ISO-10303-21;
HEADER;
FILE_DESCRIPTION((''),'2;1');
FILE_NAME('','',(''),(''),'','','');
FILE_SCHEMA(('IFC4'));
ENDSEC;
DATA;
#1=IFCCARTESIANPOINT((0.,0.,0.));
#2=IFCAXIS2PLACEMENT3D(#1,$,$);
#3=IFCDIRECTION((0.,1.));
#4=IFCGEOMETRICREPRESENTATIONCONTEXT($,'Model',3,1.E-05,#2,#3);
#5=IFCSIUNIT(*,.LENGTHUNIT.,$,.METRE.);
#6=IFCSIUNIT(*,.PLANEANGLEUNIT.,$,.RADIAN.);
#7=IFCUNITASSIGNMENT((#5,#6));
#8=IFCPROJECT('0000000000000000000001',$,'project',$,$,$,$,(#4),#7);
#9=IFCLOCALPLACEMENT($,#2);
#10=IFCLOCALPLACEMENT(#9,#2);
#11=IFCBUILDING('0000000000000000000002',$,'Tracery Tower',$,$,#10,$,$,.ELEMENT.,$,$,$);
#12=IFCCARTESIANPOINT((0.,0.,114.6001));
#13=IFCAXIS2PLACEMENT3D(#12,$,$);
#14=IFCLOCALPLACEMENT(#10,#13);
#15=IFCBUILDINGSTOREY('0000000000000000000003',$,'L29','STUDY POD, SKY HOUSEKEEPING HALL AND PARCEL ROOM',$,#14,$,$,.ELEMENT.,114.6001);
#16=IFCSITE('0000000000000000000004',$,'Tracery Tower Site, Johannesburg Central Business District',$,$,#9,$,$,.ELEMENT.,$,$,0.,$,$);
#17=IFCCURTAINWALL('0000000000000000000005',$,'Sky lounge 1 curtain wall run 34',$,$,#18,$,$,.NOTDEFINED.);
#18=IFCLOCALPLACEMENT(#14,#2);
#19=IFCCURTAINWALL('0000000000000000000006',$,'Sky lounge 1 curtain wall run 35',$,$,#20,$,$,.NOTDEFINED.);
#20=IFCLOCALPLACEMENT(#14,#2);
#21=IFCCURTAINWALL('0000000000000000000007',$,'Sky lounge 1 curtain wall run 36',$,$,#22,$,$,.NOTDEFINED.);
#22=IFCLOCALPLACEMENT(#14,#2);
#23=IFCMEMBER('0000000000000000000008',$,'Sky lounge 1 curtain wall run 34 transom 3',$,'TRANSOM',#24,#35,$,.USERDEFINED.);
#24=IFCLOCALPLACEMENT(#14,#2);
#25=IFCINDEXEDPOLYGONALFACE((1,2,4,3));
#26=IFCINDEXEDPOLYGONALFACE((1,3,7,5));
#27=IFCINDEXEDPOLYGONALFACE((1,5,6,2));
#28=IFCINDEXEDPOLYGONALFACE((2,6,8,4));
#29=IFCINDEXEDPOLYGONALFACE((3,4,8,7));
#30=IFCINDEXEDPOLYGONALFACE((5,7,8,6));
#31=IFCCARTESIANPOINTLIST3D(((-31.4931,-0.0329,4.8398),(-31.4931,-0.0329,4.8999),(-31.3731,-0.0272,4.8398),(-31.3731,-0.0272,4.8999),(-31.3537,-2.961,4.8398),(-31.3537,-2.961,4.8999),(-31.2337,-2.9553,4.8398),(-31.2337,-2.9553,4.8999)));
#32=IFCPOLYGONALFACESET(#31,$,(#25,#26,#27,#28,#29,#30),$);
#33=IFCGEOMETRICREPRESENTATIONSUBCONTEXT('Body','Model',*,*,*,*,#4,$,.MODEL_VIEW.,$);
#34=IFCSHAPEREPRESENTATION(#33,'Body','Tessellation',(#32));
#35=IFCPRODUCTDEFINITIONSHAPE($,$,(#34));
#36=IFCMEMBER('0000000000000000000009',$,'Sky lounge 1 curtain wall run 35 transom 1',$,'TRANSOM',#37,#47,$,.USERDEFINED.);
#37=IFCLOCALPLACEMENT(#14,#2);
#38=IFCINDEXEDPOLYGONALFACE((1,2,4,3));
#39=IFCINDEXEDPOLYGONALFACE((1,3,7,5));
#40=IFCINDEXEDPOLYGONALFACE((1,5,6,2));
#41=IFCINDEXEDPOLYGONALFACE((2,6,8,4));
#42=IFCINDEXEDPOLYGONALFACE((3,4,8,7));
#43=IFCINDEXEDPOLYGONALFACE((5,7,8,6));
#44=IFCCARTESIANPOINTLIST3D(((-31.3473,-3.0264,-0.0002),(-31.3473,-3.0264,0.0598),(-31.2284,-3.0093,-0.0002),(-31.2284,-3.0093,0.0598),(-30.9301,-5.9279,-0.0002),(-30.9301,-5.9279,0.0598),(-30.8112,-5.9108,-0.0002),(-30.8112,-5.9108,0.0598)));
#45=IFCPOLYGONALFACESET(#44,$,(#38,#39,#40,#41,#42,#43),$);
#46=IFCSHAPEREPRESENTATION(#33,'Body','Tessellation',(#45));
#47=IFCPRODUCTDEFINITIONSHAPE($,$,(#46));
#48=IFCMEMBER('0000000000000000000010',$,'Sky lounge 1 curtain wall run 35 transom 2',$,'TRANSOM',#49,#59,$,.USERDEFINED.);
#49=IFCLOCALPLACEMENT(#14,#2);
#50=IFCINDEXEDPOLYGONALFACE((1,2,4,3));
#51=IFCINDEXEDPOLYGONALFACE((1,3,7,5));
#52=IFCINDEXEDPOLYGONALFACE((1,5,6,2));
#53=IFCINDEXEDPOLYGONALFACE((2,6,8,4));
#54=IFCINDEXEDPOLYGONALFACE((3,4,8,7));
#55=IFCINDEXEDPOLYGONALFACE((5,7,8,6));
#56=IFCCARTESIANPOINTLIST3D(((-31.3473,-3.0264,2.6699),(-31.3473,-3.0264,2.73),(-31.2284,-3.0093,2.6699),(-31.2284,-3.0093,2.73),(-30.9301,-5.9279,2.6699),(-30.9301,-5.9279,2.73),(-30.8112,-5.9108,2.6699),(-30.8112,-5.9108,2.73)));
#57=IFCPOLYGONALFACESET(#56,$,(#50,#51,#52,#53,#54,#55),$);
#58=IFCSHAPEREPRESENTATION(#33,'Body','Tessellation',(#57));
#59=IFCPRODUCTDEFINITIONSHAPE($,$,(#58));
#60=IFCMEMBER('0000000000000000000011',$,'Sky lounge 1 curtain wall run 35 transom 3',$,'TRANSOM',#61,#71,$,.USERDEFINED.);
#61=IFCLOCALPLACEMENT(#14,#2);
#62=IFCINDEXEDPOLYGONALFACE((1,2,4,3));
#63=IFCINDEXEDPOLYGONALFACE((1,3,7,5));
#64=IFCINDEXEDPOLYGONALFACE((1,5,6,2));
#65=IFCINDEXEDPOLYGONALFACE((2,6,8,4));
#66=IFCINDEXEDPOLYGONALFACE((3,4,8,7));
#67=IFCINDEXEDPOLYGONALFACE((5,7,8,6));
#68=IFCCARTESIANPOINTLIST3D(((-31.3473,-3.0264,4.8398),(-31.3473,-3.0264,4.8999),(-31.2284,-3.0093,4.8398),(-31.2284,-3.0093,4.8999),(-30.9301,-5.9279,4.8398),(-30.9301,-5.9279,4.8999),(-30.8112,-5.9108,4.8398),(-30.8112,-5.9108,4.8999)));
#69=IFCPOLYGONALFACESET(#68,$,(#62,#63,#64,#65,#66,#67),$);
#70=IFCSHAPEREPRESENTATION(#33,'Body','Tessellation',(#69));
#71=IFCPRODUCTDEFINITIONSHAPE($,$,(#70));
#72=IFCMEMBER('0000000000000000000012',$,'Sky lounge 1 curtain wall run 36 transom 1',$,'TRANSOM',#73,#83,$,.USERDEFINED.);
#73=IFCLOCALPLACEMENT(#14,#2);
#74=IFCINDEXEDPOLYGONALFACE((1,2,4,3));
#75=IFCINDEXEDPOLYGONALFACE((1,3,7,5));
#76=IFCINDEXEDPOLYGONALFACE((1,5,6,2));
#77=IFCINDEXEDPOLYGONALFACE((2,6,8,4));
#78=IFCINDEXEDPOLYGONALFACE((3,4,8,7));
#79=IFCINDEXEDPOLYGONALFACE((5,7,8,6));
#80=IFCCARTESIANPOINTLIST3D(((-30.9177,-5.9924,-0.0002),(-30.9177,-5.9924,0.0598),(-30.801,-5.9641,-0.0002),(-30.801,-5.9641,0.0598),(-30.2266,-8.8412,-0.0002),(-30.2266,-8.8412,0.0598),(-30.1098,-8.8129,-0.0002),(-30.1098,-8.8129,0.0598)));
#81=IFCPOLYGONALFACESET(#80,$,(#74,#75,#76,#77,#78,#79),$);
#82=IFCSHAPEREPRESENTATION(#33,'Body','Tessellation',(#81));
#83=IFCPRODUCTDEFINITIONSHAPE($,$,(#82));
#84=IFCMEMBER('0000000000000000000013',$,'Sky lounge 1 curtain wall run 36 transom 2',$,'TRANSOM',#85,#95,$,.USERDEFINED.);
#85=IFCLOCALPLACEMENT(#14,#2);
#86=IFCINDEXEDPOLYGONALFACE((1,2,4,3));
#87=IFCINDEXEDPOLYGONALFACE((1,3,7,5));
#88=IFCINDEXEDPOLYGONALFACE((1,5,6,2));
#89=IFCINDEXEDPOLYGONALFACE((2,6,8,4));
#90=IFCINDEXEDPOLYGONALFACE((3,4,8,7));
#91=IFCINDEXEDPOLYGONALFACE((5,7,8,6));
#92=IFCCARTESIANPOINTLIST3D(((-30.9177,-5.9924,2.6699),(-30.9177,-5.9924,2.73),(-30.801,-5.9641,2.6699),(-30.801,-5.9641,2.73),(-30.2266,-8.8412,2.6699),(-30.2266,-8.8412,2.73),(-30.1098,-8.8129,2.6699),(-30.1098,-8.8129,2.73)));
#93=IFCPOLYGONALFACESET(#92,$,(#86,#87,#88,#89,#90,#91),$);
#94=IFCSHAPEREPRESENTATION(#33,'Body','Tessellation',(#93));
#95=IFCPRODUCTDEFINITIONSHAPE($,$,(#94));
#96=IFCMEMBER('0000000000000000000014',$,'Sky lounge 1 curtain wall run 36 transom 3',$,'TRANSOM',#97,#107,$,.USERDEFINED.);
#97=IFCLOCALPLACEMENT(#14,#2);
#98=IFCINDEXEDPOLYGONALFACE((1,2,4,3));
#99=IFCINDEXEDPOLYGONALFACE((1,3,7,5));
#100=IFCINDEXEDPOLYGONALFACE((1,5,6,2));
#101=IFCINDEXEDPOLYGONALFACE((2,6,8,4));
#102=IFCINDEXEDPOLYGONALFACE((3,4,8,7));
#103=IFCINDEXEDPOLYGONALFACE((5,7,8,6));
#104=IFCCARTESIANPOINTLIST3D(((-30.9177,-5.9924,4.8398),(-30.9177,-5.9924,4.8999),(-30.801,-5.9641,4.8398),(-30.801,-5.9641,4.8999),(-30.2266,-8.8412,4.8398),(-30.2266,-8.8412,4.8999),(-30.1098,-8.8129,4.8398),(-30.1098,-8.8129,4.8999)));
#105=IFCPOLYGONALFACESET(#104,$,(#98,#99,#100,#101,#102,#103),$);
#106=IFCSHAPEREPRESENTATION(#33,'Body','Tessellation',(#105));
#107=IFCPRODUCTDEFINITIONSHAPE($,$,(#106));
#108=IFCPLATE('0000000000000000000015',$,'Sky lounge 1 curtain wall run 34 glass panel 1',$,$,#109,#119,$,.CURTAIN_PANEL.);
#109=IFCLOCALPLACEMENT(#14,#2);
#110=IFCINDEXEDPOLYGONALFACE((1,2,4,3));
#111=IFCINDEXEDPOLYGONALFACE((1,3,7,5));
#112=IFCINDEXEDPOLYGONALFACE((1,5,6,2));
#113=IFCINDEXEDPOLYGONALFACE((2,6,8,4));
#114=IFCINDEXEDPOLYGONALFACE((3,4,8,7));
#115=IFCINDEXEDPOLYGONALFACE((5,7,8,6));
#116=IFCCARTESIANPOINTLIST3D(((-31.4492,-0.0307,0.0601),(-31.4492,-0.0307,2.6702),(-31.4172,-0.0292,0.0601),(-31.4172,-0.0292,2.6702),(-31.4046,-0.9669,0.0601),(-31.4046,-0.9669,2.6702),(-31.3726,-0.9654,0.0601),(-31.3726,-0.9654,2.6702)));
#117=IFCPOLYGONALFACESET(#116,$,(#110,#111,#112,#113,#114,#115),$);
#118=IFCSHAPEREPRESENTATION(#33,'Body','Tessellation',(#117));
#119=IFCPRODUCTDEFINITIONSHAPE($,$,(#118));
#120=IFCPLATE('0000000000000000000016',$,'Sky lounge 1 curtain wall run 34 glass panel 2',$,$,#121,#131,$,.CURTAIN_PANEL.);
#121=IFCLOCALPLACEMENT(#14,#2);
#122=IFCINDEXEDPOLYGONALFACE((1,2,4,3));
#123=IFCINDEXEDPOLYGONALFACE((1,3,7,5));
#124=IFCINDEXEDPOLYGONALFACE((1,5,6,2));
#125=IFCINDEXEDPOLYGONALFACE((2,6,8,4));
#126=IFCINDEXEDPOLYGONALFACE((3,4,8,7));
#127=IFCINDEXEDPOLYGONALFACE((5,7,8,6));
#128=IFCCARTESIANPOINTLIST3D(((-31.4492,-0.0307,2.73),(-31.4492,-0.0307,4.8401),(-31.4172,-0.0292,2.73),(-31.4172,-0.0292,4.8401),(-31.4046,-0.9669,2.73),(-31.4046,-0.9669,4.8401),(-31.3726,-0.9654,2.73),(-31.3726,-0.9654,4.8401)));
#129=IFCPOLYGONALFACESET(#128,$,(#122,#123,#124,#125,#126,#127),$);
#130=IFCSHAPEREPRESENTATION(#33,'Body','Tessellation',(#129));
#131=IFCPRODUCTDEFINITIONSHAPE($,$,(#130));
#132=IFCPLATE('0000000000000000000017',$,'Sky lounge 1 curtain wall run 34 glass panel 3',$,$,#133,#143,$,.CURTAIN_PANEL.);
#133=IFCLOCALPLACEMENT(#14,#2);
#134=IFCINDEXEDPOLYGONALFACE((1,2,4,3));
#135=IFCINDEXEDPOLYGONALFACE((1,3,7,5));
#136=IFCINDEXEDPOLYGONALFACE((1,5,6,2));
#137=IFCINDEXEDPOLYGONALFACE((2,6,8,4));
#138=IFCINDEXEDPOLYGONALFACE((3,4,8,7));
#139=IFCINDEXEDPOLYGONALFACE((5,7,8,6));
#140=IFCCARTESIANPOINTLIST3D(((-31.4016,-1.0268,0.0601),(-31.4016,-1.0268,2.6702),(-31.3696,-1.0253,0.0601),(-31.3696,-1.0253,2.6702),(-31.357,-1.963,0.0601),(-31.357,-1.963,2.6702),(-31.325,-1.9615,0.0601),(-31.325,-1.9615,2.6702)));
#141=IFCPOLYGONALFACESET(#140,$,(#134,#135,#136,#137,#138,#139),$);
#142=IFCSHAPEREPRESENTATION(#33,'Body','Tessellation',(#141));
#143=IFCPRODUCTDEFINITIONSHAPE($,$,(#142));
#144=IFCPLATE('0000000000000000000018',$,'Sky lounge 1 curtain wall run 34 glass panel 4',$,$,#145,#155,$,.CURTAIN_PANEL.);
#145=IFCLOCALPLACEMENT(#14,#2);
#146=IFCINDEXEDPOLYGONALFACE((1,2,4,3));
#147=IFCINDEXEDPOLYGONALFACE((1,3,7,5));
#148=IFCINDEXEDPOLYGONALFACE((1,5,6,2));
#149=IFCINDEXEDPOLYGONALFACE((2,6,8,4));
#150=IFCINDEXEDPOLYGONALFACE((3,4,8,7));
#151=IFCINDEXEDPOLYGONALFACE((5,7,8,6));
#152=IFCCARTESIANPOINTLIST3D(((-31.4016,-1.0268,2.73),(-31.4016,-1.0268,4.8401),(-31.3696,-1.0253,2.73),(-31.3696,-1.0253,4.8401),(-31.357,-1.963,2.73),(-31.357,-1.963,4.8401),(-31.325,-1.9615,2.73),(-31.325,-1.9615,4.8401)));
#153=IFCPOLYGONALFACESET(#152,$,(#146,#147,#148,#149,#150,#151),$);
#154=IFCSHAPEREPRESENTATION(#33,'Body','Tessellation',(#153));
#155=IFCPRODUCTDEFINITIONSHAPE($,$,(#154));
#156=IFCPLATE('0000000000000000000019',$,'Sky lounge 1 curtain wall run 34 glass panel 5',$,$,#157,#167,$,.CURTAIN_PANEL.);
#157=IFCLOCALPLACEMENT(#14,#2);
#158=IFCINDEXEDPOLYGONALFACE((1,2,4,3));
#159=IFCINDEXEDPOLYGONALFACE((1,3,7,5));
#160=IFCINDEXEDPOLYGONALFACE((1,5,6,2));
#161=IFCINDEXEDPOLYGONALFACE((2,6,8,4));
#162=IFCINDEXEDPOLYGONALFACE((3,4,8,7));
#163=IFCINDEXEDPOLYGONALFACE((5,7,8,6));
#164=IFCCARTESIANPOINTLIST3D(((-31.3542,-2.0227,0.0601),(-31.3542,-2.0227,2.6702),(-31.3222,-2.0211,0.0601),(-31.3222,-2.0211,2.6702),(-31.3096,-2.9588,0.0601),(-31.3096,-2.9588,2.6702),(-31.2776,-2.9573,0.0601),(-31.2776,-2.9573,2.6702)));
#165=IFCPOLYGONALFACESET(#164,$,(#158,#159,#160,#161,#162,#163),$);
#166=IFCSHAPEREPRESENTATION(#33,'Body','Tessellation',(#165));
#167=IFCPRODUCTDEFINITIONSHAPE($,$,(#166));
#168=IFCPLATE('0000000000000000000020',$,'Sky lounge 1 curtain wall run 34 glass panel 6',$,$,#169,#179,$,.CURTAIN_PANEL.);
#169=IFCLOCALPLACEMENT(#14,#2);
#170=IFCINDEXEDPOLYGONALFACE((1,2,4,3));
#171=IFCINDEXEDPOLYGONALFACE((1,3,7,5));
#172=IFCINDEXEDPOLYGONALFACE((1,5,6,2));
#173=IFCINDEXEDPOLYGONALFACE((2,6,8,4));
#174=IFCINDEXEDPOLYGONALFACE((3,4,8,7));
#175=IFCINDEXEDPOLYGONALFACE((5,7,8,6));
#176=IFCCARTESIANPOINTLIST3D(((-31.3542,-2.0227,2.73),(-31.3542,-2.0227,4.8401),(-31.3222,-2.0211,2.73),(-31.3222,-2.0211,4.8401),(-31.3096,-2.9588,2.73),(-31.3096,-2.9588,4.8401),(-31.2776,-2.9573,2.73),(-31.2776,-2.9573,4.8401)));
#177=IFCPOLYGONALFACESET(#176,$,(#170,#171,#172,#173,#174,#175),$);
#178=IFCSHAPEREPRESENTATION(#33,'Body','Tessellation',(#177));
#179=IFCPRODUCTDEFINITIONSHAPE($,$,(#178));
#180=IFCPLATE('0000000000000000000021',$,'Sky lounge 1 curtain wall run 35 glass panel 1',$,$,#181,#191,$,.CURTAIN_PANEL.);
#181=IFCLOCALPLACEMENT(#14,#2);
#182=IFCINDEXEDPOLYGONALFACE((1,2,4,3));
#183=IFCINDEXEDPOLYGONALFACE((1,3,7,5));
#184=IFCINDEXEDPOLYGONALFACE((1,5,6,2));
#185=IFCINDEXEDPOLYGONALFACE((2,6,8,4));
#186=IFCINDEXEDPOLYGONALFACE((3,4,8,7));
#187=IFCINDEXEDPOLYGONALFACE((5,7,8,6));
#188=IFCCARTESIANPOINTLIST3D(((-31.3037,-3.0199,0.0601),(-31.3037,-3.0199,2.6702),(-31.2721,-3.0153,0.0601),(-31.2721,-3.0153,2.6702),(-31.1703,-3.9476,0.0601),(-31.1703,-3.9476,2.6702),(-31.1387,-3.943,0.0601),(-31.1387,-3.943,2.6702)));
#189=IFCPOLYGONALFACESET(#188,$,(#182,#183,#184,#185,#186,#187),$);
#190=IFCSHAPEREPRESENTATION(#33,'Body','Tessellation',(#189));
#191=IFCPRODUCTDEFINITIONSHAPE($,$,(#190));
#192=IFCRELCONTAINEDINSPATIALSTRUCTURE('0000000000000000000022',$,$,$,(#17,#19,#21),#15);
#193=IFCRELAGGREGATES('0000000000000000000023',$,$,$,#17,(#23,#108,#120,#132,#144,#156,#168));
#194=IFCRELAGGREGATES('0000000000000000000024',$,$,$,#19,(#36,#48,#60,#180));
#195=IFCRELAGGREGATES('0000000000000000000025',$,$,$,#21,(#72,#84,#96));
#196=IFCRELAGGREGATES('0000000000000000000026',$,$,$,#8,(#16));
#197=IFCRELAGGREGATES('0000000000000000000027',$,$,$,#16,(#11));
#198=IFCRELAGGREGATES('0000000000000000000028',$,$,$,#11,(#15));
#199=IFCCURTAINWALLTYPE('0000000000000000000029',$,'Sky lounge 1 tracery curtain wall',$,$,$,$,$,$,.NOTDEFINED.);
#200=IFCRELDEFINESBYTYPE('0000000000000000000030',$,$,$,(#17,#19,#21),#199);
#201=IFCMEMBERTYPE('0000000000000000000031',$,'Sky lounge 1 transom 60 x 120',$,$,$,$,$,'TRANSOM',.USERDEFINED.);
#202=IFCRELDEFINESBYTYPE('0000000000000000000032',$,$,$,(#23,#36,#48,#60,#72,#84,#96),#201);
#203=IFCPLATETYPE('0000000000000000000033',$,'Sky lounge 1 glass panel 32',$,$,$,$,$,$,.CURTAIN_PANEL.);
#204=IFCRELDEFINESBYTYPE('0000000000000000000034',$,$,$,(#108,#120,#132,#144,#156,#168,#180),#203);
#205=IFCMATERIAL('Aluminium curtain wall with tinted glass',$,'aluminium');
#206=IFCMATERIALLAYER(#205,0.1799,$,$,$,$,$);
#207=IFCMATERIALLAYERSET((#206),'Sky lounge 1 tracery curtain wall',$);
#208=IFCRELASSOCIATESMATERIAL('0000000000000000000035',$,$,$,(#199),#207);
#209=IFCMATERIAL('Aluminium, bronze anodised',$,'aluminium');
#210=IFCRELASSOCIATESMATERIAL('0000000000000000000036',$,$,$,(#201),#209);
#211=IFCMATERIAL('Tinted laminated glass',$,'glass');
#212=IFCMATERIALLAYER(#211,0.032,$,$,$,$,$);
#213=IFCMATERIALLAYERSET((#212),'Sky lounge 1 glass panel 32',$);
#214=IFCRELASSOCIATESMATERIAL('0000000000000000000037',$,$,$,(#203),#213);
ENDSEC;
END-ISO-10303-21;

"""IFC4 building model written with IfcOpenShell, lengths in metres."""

from ifc_helpers import new_model, si_unit, direction, frame, origin, origin_2d, place, context, subcontext, project, spatial, rectangle, extrude, material, layer, layer_set, material_profile, profile_set, type_object, element, aggregate, save


model = new_model("IFC4")

# Units and contexts
model_context = context("Model", 3, precision=1e-05, world=origin(), true_north=direction((0.0, 1.0)))
body_context = subcontext(model_context, "Body", "Model", "MODEL_VIEW")
ifc_project = project(units=[si_unit("LENGTHUNIT", "METRE"), si_unit("PLANEANGLEUNIT", "RADIAN")], contexts=[model_context])

# Site, building, storey
site_placement = place(None, origin())
site = spatial("IfcSite", under=ifc_project, at=site_placement, Name="Tracery Tower Site, Johannesburg Central Business District", CompositionType="ELEMENT", RefElevation=0.0)
building_placement = place(site_placement, origin())
building = spatial("IfcBuilding", under=site, at=building_placement, Name="Tracery Tower", CompositionType="ELEMENT")
storey_placement = place(building_placement, frame((0.0, 0.0, 114.6001)))
storey = spatial("IfcBuildingStorey", under=building, at=storey_placement, Name="L29", Description="STUDY POD, SKY HOUSEKEEPING HALL AND PARCEL ROOM", CompositionType="ELEMENT", Elevation=114.6001)

# Curtain walls
ifc_material_1 = material(Name="Aluminium curtain wall with tinted glass", Category="aluminium")
ifc_layer_1 = layer(ifc_material_1, 0.1799)
ifc_layer_set_1 = layer_set([ifc_layer_1], Name="Sky lounge 1 tracery curtain wall")
curtain_wall_type = type_object("IfcCurtainWallType", Name="Sky lounge 1 tracery curtain wall", PredefinedType="NOTDEFINED", material=ifc_layer_set_1)
curtain_wall_1_placement = place(storey_placement, origin())
curtain_wall_1 = element("IfcCurtainWall", 1, at=curtain_wall_1_placement, inside=storey, type_object=curtain_wall_type, Name="Sky lounge 1 curtain wall run 34", PredefinedType="NOTDEFINED")
curtain_wall_2_placement = place(storey_placement, origin())
curtain_wall_2 = element("IfcCurtainWall", 2, at=curtain_wall_2_placement, inside=storey, type_object=curtain_wall_type, Name="Sky lounge 1 curtain wall run 35", PredefinedType="NOTDEFINED")
curtain_wall_3_placement = place(storey_placement, origin())
curtain_wall_3 = element("IfcCurtainWall", 3, at=curtain_wall_3_placement, inside=storey, type_object=curtain_wall_type, Name="Sky lounge 1 curtain wall run 36", PredefinedType="NOTDEFINED")

# Members
ifc_material_2 = material(Name="Aluminium, bronze anodised", Category="aluminium")
ifc_material_profile_1 = material_profile(ifc_material_2, rectangle(XDim=0.1201, YDim=0.0601, at=origin_2d()), Name="AL 60x120")
ifc_profile_set_1 = profile_set([ifc_material_profile_1], Name="Aluminium, bronze anodised")
member_type_1 = type_object("IfcMemberType", Name="Sky lounge 1 transom 60 x 120", ElementType="TRANSOM", PredefinedType="USERDEFINED", material=ifc_profile_set_1)
member_1_placement = place(storey_placement, frame((-31.4331, -0.03, 4.8699), z_axis=(0.047557, -0.998869, 0.0), x_axis=(0.998869, 0.047557, 0.0)))
member_1 = element("IfcMember", 4, at=member_1_placement, type_object=member_type_1, Name="Sky lounge 1 curtain wall run 34 transom 3", ObjectType="TRANSOM", PredefinedType="USERDEFINED", context=body_context, shape_type="SweptSolid", body=[
    extrude(rectangle(XDim=0.1201, YDim=0.0601, at=origin_2d()), origin(), (0.0, 0.0, 1.0), 2.9314),
])
member_2_placement = place(storey_placement, frame((-31.2878, -3.0178, 0.0298), z_axis=(0.142331, -0.989819, 0.0), x_axis=(0.989819, 0.142331, 0.0)))
member_2 = element("IfcMember", 5, at=member_2_placement, type_object=member_type_1, Name="Sky lounge 1 curtain wall run 35 transom 1", ObjectType="TRANSOM", PredefinedType="USERDEFINED", context=body_context, shape_type="SweptSolid", body=[
    extrude(rectangle(XDim=0.1201, YDim=0.0601, at=origin_2d()), origin(), (0.0, 0.0, 1.0), 2.9314),
])
member_3_placement = place(storey_placement, frame((-31.2878, -3.0178, 2.7), z_axis=(0.142331, -0.989819, 0.0), x_axis=(0.989819, 0.142331, 0.0)))
member_3 = element("IfcMember", 6, at=member_3_placement, type_object=member_type_1, Name="Sky lounge 1 curtain wall run 35 transom 2", ObjectType="TRANSOM", PredefinedType="USERDEFINED", context=body_context, shape_type="SweptSolid", body=[
    extrude(rectangle(XDim=0.1201, YDim=0.0601, at=origin_2d()), origin(), (0.0, 0.0, 1.0), 2.9314),
])
member_4_placement = place(storey_placement, frame((-31.2878, -3.0178, 4.8699), z_axis=(0.142331, -0.989819, 0.0), x_axis=(0.989819, 0.142331, 0.0)))
member_4 = element("IfcMember", 7, at=member_4_placement, type_object=member_type_1, Name="Sky lounge 1 curtain wall run 35 transom 3", ObjectType="TRANSOM", PredefinedType="USERDEFINED", context=body_context, shape_type="SweptSolid", body=[
    extrude(rectangle(XDim=0.1201, YDim=0.0601, at=origin_2d()), origin(), (0.0, 0.0, 1.0), 2.9314),
])
member_5_placement = place(storey_placement, frame((-30.8594, -5.9783, 0.0298), z_axis=(0.235788, -0.971804, 0.0), x_axis=(0.971804, 0.235788, 0.0)))
member_5 = element("IfcMember", 8, at=member_5_placement, type_object=member_type_1, Name="Sky lounge 1 curtain wall run 36 transom 1", ObjectType="TRANSOM", PredefinedType="USERDEFINED", context=body_context, shape_type="SweptSolid", body=[
    extrude(rectangle(XDim=0.1201, YDim=0.0601, at=origin_2d()), origin(), (0.0, 0.0, 1.0), 2.9314),
])
member_6_placement = place(storey_placement, frame((-30.8594, -5.9783, 2.7), z_axis=(0.235788, -0.971804, 0.0), x_axis=(0.971804, 0.235788, 0.0)))
member_6 = element("IfcMember", 9, at=member_6_placement, type_object=member_type_1, Name="Sky lounge 1 curtain wall run 36 transom 2", ObjectType="TRANSOM", PredefinedType="USERDEFINED", context=body_context, shape_type="SweptSolid", body=[
    extrude(rectangle(XDim=0.1201, YDim=0.0601, at=origin_2d()), origin(), (0.0, 0.0, 1.0), 2.9314),
])
member_7_placement = place(storey_placement, frame((-30.8594, -5.9783, 4.8699), z_axis=(0.235788, -0.971804, 0.0), x_axis=(0.971804, 0.235788, 0.0)))
member_7 = element("IfcMember", 10, at=member_7_placement, type_object=member_type_1, Name="Sky lounge 1 curtain wall run 36 transom 3", ObjectType="TRANSOM", PredefinedType="USERDEFINED", context=body_context, shape_type="SweptSolid", body=[
    extrude(rectangle(XDim=0.1201, YDim=0.0601, at=origin_2d()), origin(), (0.0, 0.0, 1.0), 2.9314),
])

# Plates
ifc_material_3 = material(Name="Tinted laminated glass", Category="glass")
ifc_layer_2 = layer(ifc_material_3, 0.032)
ifc_layer_set_2 = layer_set([ifc_layer_2], Name="Sky lounge 1 glass panel 32")
plate_type = type_object("IfcPlateType", Name="Sky lounge 1 glass panel 32", PredefinedType="CURTAIN_PANEL", material=ifc_layer_set_2)
plate_1_placement = place(storey_placement, frame((-31.4109, -0.498, 0.0601), z_axis=(0.0, 0.0, 1.0), x_axis=(0.047582, -0.998867, 0.0)))
plate_1 = element("IfcPlate", 11, at=plate_1_placement, type_object=plate_type, Name="Sky lounge 1 curtain wall run 34 glass panel 1", PredefinedType="CURTAIN_PANEL", context=body_context, shape_type="SweptSolid", body=[
    extrude(rectangle(XDim=0.9373, YDim=0.032, at=origin_2d()), origin(), (0.0, 0.0, 1.0), 2.6101),
])
plate_2_placement = place(storey_placement, frame((-31.4109, -0.498, 2.73), z_axis=(0.0, 0.0, 1.0), x_axis=(0.047582, -0.998867, 0.0)))
plate_2 = element("IfcPlate", 12, at=plate_2_placement, type_object=plate_type, Name="Sky lounge 1 curtain wall run 34 glass panel 2", PredefinedType="CURTAIN_PANEL", context=body_context, shape_type="SweptSolid", body=[
    extrude(rectangle(XDim=0.9373, YDim=0.032, at=origin_2d()), origin(), (0.0, 0.0, 1.0), 2.1101),
])
plate_3_placement = place(storey_placement, frame((-31.3633, -1.4941, 0.0601), z_axis=(0.0, 0.0, 1.0), x_axis=(0.047582, -0.998867, 0.0)))
plate_3 = element("IfcPlate", 13, at=plate_3_placement, type_object=plate_type, Name="Sky lounge 1 curtain wall run 34 glass panel 3", PredefinedType="CURTAIN_PANEL", context=body_context, shape_type="SweptSolid", body=[
    extrude(rectangle(XDim=0.9373, YDim=0.032, at=origin_2d()), origin(), (0.0, 0.0, 1.0), 2.6101),
])
plate_4_placement = place(storey_placement, frame((-31.3633, -1.4941, 2.73), z_axis=(0.0, 0.0, 1.0), x_axis=(0.047582, -0.998867, 0.0)))
plate_4 = element("IfcPlate", 14, at=plate_4_placement, type_object=plate_type, Name="Sky lounge 1 curtain wall run 34 glass panel 4", PredefinedType="CURTAIN_PANEL", context=body_context, shape_type="SweptSolid", body=[
    extrude(rectangle(XDim=0.9373, YDim=0.032, at=origin_2d()), origin(), (0.0, 0.0, 1.0), 2.1101),
])
plate_5_placement = place(storey_placement, frame((-31.3159, -2.49, 0.0601), z_axis=(0.0, 0.0, 1.0), x_axis=(0.047582, -0.998867, 0.0)))
plate_5 = element("IfcPlate", 15, at=plate_5_placement, type_object=plate_type, Name="Sky lounge 1 curtain wall run 34 glass panel 5", PredefinedType="CURTAIN_PANEL", context=body_context, shape_type="SweptSolid", body=[
    extrude(rectangle(XDim=0.9373, YDim=0.032, at=origin_2d()), origin(), (0.0, 0.0, 1.0), 2.6101),
])
plate_6_placement = place(storey_placement, frame((-31.3159, -2.49, 2.73), z_axis=(0.0, 0.0, 1.0), x_axis=(0.047582, -0.998867, 0.0)))
plate_6 = element("IfcPlate", 16, at=plate_6_placement, type_object=plate_type, Name="Sky lounge 1 curtain wall run 34 glass panel 6", PredefinedType="CURTAIN_PANEL", context=body_context, shape_type="SweptSolid", body=[
    extrude(rectangle(XDim=0.9373, YDim=0.032, at=origin_2d()), origin(), (0.0, 0.0, 1.0), 2.1101),
])
aggregate(curtain_wall_1, [member_1, plate_1, plate_2, plate_3, plate_4, plate_5, plate_6])
plate_7_placement = place(storey_placement, frame((-31.2212, -3.4814, 0.0601), z_axis=(0.0, 0.0, 1.0), x_axis=(0.142315, -0.989821, 0.0)))
plate_7 = element("IfcPlate", 17, at=plate_7_placement, type_object=plate_type, Name="Sky lounge 1 curtain wall run 35 glass panel 1", PredefinedType="CURTAIN_PANEL", context=body_context, shape_type="SweptSolid", body=[
    extrude(rectangle(XDim=0.9373, YDim=0.032, at=origin_2d()), origin(), (0.0, 0.0, 1.0), 2.6101),
])
aggregate(curtain_wall_2, [member_2, member_3, member_4, plate_7])
aggregate(curtain_wall_3, [member_5, member_6, member_7])

save(model, "model.ifc")
